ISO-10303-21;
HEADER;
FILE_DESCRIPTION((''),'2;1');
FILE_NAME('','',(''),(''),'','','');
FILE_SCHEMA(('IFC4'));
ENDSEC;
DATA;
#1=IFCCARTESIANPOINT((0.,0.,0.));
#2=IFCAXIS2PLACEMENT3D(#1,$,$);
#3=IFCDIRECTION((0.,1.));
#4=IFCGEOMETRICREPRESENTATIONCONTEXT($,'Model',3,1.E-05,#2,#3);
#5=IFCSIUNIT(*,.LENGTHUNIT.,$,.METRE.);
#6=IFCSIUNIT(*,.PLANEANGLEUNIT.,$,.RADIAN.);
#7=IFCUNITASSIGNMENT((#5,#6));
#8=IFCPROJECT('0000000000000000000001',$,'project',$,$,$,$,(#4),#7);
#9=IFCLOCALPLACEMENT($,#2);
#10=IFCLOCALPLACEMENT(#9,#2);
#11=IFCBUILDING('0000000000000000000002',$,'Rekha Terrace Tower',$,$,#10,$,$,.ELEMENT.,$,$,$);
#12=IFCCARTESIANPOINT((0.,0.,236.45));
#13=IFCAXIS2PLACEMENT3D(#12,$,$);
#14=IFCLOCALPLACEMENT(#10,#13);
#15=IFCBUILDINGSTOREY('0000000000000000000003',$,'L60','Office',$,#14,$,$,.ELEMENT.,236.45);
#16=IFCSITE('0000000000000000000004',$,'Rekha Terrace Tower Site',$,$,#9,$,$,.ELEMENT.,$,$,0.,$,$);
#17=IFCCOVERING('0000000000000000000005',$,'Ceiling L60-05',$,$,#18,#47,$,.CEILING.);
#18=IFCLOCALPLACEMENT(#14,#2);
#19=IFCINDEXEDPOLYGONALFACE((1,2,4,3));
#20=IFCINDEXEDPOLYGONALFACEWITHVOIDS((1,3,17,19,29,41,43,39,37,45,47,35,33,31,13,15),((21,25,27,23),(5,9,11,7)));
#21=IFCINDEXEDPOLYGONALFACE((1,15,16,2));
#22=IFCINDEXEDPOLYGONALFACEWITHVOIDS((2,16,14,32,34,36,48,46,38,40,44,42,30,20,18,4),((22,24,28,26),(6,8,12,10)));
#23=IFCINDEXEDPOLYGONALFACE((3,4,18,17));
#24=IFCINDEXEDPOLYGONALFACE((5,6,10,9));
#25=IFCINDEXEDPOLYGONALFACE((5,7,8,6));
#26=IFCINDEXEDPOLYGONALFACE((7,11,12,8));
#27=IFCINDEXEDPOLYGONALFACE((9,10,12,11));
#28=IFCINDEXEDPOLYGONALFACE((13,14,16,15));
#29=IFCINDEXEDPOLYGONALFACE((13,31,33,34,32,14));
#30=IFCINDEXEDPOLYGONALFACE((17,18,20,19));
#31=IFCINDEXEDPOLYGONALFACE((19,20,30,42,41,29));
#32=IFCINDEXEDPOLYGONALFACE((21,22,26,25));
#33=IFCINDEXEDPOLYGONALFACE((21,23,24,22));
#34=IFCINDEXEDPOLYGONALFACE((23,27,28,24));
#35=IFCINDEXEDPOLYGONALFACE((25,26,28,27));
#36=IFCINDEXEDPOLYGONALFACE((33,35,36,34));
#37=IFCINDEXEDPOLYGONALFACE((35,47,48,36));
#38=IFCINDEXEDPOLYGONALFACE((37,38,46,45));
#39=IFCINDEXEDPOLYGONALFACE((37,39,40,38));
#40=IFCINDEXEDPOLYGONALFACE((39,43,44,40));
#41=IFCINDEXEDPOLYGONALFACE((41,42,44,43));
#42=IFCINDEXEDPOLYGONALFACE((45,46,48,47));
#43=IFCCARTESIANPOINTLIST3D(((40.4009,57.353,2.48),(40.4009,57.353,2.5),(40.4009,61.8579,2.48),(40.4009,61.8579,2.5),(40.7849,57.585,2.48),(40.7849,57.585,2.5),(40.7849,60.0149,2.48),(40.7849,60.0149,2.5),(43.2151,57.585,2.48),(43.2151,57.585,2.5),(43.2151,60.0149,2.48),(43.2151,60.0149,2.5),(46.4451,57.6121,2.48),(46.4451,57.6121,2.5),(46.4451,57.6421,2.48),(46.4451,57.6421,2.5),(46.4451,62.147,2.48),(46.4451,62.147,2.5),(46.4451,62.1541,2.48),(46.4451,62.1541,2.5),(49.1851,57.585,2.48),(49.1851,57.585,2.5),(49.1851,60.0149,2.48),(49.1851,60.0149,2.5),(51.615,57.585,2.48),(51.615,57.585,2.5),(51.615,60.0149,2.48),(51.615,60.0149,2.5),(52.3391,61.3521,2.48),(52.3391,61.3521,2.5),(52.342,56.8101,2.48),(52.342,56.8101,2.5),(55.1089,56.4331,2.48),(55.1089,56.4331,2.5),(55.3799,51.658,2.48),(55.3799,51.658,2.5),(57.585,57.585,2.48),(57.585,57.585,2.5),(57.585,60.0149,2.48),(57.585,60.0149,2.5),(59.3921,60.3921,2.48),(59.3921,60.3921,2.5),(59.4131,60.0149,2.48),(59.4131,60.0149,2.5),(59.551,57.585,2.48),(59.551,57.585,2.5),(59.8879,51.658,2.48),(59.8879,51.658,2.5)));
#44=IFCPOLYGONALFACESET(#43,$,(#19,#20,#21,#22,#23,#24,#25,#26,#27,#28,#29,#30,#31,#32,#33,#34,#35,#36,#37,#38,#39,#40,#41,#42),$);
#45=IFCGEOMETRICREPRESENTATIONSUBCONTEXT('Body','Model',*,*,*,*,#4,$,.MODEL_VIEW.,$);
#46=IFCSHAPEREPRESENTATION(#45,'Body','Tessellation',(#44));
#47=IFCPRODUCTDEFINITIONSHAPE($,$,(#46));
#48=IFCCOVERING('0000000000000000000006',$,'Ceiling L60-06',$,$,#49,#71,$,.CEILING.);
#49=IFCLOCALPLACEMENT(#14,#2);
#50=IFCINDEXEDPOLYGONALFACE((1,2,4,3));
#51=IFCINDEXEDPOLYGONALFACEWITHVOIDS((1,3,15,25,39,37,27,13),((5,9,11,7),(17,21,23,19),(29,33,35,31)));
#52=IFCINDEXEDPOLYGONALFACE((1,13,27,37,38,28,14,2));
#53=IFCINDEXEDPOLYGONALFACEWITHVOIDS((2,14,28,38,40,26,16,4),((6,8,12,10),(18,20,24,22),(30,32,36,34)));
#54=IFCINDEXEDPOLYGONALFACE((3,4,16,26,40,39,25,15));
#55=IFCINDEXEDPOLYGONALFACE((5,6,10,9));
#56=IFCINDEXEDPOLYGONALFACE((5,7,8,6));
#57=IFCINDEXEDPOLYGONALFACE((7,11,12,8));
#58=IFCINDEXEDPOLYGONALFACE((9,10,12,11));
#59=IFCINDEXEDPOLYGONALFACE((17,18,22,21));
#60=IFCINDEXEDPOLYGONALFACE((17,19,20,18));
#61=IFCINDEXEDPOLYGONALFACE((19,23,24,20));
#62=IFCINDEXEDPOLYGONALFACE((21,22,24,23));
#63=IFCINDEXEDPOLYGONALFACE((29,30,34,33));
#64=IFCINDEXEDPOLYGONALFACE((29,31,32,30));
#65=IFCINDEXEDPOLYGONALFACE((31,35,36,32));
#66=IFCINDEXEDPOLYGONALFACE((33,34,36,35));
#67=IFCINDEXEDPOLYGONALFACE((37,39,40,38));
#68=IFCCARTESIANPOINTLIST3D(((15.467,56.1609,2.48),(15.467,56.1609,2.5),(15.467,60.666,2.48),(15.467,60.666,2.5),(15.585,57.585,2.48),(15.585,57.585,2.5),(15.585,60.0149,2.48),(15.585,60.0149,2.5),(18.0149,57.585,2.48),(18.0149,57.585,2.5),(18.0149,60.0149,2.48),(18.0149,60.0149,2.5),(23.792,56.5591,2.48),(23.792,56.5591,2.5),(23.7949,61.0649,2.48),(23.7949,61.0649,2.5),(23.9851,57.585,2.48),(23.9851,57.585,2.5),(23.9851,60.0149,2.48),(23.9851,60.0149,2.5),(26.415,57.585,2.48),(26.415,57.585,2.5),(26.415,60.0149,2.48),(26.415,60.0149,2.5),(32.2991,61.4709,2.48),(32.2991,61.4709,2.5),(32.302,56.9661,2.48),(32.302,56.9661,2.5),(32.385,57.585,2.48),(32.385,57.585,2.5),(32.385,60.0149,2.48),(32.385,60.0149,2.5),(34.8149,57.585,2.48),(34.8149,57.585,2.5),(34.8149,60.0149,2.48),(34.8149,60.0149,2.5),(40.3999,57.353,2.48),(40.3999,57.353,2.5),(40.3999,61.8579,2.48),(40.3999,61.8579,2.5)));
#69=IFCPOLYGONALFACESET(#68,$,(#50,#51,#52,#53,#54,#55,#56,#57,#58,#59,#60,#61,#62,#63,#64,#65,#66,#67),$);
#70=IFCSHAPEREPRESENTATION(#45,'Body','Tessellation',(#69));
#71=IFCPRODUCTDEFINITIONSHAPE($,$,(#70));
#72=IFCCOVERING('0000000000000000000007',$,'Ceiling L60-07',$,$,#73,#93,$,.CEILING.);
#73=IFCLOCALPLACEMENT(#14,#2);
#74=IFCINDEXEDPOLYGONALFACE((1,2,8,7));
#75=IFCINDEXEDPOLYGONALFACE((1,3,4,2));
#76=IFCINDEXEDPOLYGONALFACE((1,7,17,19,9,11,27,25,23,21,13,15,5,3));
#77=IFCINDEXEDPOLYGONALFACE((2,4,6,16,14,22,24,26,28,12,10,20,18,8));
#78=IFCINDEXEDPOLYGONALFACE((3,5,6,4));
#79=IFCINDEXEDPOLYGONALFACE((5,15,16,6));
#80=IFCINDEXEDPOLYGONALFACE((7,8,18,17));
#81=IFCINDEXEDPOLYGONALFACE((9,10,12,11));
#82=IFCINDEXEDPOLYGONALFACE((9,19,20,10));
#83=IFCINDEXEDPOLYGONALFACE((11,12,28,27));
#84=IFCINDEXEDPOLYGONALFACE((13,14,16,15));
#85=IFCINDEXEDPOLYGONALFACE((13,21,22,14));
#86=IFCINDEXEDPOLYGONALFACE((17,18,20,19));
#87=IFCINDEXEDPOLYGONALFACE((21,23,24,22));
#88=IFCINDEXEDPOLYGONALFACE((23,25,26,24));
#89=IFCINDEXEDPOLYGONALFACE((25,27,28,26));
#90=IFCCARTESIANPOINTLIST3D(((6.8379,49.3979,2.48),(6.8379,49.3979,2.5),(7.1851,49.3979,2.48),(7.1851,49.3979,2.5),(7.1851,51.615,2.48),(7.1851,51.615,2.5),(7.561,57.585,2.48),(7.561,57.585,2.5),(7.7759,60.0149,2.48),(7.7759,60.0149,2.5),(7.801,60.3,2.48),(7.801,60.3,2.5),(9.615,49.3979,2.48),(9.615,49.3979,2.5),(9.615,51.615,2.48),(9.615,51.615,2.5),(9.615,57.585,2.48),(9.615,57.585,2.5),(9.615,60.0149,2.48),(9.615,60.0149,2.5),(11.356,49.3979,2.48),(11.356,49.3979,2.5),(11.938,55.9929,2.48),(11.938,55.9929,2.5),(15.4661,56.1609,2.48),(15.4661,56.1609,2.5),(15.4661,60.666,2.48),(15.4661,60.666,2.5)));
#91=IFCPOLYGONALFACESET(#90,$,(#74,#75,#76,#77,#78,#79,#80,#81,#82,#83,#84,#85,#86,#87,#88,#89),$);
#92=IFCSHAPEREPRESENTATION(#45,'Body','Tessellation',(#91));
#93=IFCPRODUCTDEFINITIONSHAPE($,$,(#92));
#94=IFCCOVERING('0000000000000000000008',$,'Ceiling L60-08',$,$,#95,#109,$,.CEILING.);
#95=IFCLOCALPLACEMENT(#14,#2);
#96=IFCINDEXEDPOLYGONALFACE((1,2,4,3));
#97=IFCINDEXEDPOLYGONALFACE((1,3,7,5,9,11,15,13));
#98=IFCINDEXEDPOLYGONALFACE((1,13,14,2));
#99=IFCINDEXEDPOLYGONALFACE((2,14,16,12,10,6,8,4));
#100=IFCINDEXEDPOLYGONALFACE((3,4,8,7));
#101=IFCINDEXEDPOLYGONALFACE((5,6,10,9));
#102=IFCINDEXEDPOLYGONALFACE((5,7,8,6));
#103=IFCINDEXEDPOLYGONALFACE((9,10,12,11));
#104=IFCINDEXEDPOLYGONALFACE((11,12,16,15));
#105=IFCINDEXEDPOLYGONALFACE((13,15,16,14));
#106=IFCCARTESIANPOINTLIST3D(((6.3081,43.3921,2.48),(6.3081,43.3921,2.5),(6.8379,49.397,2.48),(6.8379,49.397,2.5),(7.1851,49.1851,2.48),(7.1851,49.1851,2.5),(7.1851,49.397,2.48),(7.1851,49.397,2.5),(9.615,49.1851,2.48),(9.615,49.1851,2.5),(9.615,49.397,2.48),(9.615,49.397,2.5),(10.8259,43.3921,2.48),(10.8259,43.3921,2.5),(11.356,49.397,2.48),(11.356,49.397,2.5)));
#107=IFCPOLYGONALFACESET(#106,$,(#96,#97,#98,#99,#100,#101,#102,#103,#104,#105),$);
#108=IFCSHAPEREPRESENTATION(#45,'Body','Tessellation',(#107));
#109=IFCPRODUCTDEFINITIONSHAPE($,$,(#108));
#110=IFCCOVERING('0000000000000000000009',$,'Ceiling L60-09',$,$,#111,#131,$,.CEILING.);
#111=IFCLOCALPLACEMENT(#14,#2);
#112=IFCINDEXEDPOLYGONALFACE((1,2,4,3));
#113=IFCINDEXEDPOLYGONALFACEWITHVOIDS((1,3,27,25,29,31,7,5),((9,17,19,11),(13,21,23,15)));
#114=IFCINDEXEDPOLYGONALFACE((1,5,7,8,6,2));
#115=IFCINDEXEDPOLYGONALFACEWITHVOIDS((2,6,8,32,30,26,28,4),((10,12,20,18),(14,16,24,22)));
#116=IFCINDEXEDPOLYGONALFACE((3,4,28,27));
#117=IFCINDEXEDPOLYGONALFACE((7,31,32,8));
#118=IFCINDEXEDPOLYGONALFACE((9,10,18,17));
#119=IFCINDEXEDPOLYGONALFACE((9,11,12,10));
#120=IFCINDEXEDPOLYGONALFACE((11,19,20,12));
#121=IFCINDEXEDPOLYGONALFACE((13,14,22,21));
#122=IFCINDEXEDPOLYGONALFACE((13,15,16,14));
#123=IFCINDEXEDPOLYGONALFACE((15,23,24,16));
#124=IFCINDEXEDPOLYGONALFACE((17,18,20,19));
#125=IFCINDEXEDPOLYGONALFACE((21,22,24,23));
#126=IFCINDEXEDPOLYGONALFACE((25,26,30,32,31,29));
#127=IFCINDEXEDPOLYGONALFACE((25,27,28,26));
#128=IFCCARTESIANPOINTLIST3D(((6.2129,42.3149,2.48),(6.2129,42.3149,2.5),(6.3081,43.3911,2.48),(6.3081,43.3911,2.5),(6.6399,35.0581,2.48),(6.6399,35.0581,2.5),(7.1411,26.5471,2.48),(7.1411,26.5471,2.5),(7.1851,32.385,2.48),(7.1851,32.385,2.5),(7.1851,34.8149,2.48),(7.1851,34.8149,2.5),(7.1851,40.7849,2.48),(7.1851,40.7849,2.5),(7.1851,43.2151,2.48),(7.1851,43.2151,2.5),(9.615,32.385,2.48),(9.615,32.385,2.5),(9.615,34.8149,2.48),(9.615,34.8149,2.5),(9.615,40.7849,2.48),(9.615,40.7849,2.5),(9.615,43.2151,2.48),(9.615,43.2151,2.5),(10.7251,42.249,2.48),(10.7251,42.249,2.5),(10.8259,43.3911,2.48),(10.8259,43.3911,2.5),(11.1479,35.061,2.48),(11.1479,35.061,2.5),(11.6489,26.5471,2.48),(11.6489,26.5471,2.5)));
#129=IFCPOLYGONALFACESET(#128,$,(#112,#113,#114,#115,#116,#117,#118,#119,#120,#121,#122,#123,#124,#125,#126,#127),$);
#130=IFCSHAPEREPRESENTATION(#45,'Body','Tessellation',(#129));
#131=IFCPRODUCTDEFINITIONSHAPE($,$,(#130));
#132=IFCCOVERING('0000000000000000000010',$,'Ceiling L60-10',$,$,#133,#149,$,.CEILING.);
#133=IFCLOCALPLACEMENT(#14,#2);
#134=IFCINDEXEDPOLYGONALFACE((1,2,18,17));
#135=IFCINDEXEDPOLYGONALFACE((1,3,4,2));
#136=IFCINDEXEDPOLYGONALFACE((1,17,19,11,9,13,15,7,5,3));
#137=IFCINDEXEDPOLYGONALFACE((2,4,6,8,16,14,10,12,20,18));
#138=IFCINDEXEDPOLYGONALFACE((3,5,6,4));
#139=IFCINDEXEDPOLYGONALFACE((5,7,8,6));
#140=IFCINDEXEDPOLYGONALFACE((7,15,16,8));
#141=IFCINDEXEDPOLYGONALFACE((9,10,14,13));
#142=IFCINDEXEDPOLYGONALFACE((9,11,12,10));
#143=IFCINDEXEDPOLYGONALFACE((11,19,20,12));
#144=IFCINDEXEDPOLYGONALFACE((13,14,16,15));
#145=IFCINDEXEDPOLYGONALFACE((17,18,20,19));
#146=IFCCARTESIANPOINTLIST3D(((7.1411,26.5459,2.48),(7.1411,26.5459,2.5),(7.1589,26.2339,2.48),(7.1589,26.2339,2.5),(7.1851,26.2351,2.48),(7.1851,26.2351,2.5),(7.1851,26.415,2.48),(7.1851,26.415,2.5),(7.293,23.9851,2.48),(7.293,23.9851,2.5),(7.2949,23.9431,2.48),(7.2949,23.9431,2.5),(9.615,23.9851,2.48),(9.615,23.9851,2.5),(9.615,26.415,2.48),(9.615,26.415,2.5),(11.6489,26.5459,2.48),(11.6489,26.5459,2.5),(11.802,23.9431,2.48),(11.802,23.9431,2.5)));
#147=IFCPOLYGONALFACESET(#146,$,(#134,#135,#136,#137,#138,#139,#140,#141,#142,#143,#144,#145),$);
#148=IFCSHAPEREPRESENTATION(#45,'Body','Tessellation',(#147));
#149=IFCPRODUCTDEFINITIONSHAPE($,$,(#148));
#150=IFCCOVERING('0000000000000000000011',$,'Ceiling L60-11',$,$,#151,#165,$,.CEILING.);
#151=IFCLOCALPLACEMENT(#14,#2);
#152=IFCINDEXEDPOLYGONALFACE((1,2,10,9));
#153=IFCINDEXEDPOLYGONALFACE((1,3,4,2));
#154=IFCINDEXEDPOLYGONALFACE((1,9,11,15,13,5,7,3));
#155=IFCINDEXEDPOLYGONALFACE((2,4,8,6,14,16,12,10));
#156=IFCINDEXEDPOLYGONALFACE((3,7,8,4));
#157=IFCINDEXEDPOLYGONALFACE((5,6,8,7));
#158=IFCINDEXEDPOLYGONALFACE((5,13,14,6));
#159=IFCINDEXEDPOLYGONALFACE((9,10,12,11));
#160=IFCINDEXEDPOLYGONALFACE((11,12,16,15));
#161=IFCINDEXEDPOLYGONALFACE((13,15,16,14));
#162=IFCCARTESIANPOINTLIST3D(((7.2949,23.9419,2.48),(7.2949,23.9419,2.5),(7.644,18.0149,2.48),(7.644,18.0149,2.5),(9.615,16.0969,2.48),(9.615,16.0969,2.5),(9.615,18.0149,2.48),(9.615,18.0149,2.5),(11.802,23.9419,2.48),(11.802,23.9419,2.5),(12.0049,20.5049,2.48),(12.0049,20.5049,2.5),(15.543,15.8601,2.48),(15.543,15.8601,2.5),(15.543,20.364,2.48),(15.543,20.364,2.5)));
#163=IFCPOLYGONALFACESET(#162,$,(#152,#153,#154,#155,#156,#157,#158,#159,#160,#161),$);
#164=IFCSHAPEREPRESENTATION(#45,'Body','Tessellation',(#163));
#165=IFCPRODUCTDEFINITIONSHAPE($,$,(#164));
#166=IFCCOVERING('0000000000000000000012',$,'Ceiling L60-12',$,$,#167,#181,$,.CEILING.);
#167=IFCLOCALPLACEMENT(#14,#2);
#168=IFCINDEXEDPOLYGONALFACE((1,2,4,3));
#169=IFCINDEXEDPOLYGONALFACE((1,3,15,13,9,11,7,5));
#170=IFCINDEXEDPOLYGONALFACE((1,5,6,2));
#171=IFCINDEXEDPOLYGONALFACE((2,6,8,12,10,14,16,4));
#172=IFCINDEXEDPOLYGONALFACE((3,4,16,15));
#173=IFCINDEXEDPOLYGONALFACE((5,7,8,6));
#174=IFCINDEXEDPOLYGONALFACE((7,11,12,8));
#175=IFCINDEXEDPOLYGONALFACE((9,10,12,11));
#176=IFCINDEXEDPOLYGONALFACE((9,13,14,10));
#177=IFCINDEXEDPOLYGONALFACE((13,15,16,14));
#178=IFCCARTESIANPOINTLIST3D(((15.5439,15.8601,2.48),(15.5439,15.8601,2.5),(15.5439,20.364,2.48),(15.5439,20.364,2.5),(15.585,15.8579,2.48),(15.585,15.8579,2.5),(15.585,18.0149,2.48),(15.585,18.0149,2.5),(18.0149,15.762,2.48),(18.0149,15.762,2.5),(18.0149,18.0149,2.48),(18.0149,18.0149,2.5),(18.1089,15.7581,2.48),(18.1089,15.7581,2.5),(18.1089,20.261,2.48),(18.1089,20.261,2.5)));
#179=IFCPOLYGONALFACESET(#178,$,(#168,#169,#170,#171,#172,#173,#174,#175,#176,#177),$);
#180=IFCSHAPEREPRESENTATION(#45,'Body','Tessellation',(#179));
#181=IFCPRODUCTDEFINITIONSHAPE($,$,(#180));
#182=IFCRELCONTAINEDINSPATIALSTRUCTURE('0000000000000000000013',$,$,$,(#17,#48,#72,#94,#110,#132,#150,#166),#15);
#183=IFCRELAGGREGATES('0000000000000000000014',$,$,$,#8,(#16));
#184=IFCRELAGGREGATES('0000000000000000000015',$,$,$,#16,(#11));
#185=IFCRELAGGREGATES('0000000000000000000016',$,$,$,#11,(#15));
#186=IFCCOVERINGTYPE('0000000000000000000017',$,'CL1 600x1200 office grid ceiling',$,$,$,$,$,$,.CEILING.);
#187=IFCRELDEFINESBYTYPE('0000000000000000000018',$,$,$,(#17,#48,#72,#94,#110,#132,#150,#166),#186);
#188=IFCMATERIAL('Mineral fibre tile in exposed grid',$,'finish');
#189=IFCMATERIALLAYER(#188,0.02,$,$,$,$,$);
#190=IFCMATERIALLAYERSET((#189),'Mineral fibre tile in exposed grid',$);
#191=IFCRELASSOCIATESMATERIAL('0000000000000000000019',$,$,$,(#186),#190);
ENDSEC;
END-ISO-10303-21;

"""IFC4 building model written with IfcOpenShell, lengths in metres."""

from ifc_helpers import new_model, si_unit, direction, frame, origin, place, context, subcontext, project, spatial, polyline, outline, extrude, material, layer, layer_set, type_object, element, save


model = new_model("IFC4")

# Units and contexts
model_context = context("Model", 3, precision=1e-05, world=origin(), true_north=direction((0.0, 1.0)))
body_context = subcontext(model_context, "Body", "Model", "MODEL_VIEW")
ifc_project = project(units=[si_unit("LENGTHUNIT", "METRE"), si_unit("PLANEANGLEUNIT", "RADIAN")], contexts=[model_context])

# Site, building, storey
site_placement = place(None, origin())
site = spatial("IfcSite", under=ifc_project, at=site_placement, Name="Rekha Terrace Tower Site", CompositionType="ELEMENT", RefElevation=0.0)
building_placement = place(site_placement, origin())
building = spatial("IfcBuilding", under=site, at=building_placement, Name="Rekha Terrace Tower", CompositionType="ELEMENT")
storey_placement = place(building_placement, frame((0.0, 0.0, 236.45)))
storey = spatial("IfcBuildingStorey", under=building, at=storey_placement, Name="L60", Description="Office", CompositionType="ELEMENT", Elevation=236.45)

# Coverings
ifc_material_1 = material(Name="Mineral fibre tile in exposed grid", Category="finish")
ifc_layer_1 = layer(ifc_material_1, 0.02)
ifc_layer_set_1 = layer_set([ifc_layer_1], Name="Mineral fibre tile in exposed grid")
covering_type_1 = type_object("IfcCoveringType", Name="CL1 600x1200 office grid ceiling", PredefinedType="CEILING", material=ifc_layer_set_1)
covering_1_placement = place(storey_placement, frame((0.0, 0.0, 2.48)))
element("IfcCovering", 1, at=covering_1_placement, inside=storey, type_object=covering_type_1, Name="Ceiling L60-05", PredefinedType="CEILING", context=body_context, shape_type="SweptSolid", body=[
    extrude(outline(polyline([(40.4009, 61.8579), (40.4009, 57.353), (46.4451, 57.6421), (46.4451, 57.6121), (52.342, 56.8101), (55.1089, 56.4331), (55.3799, 51.658), (59.8879, 51.658), (59.551, 57.585), (57.585, 57.585), (57.585, 60.0149), (59.4131, 60.0149), (59.3921, 60.3921), (52.3391, 61.3521), (46.4451, 62.1541), (46.4451, 62.147), (40.4009, 61.8579)]), holes=[polyline([(51.615, 57.585), (49.1851, 57.585), (49.1851, 60.0149), (51.615, 60.0149), (51.615, 57.585)]), polyline([(43.2151, 60.0149), (43.2151, 57.585), (40.7849, 57.585), (40.7849, 60.0149), (43.2151, 60.0149)])]), origin(), (0.0, 0.0, 1.0), 0.02),
])
covering_2_placement = place(storey_placement, frame((0.0, 0.0, 2.48)))
element("IfcCovering", 2, at=covering_2_placement, inside=storey, type_object=covering_type_1, Name="Ceiling L60-06", PredefinedType="CEILING", context=body_context, shape_type="SweptSolid", body=[
    extrude(outline(polyline([(32.2991, 61.4709), (23.7949, 61.0649), (15.467, 60.666), (15.467, 56.1609), (23.792, 56.5591), (32.302, 56.9661), (40.3999, 57.353), (40.3999, 61.8579), (32.2991, 61.4709)]), holes=[polyline([(34.8149, 57.585), (32.385, 57.585), (32.385, 60.0149), (34.8149, 60.0149), (34.8149, 57.585)]), polyline([(26.415, 57.585), (23.9851, 57.585), (23.9851, 60.0149), (26.415, 60.0149), (26.415, 57.585)]), polyline([(18.0149, 60.0149), (18.0149, 57.585), (15.585, 57.585), (15.585, 60.0149), (18.0149, 60.0149)])]), origin(), (0.0, 0.0, 1.0), 0.02),
])
covering_3_placement = place(storey_placement, frame((0.0, 0.0, 2.48)))
element("IfcCovering", 3, at=covering_3_placement, inside=storey, type_object=covering_type_1, Name="Ceiling L60-07", PredefinedType="CEILING", context=body_context, shape_type="SweptSolid", body=[
    extrude(outline(polyline([(9.615, 51.615), (9.615, 49.3979), (11.356, 49.3979), (11.938, 55.9929), (15.4661, 56.1609), (15.4661, 60.666), (7.801, 60.3), (7.7759, 60.0149), (9.615, 60.0149), (9.615, 57.585), (7.561, 57.585), (6.8379, 49.3979), (7.1851, 49.3979), (7.1851, 51.615), (9.615, 51.615)])), origin(), (0.0, 0.0, 1.0), 0.02),
])
covering_4_placement = place(storey_placement, frame((0.0, 0.0, 2.48)))
element("IfcCovering", 4, at=covering_4_placement, inside=storey, type_object=covering_type_1, Name="Ceiling L60-08", PredefinedType="CEILING", context=body_context, shape_type="SweptSolid", body=[
    extrude(outline(polyline([(7.1851, 49.397), (6.8379, 49.397), (6.3081, 43.3921), (10.8259, 43.3921), (11.356, 49.397), (9.615, 49.397), (9.615, 49.1851), (7.1851, 49.1851), (7.1851, 49.397)])), origin(), (0.0, 0.0, 1.0), 0.02),
])
covering_5_placement = place(storey_placement, frame((0.0, 0.0, 2.48)))
element("IfcCovering", 5, at=covering_5_placement, inside=storey, type_object=covering_type_1, Name="Ceiling L60-09", PredefinedType="CEILING", context=body_context, shape_type="SweptSolid", body=[
    extrude(outline(polyline([(10.8259, 43.3911), (6.3081, 43.3911), (6.2129, 42.3149), (6.6399, 35.0581), (7.1411, 26.5471), (11.6489, 26.5471), (11.1479, 35.061), (10.7251, 42.249), (10.8259, 43.3911)]), holes=[polyline([(9.615, 34.8149), (9.615, 32.385), (7.1851, 32.385), (7.1851, 34.8149), (9.615, 34.8149)]), polyline([(9.615, 40.7849), (7.1851, 40.7849), (7.1851, 43.2151), (9.615, 43.2151), (9.615, 40.7849)])]), origin(), (0.0, 0.0, 1.0), 0.02),
])
covering_6_placement = place(storey_placement, frame((0.0, 0.0, 2.48)))
element("IfcCovering", 6, at=covering_6_placement, inside=storey, type_object=covering_type_1, Name="Ceiling L60-10", PredefinedType="CEILING", context=body_context, shape_type="SweptSolid", body=[
    extrude(outline(polyline([(9.615, 23.9851), (7.293, 23.9851), (7.2949, 23.9431), (11.802, 23.9431), (11.6489, 26.5459), (7.1411, 26.5459), (7.1589, 26.2339), (7.1851, 26.2351), (7.1851, 26.415), (9.615, 26.415), (9.615, 23.9851)])), origin(), (0.0, 0.0, 1.0), 0.02),
])
covering_7_placement = place(storey_placement, frame((0.0, 0.0, 2.48)))
element("IfcCovering", 7, at=covering_7_placement, inside=storey, type_object=covering_type_1, Name="Ceiling L60-11", PredefinedType="CEILING", context=body_context, shape_type="SweptSolid", body=[
    extrude(outline(polyline([(9.615, 16.0969), (15.543, 15.8601), (15.543, 20.364), (12.0049, 20.5049), (11.802, 23.9419), (7.2949, 23.9419), (7.644, 18.0149), (9.615, 18.0149), (9.615, 16.0969)])), origin(), (0.0, 0.0, 1.0), 0.02),
])
covering_8_placement = place(storey_placement, frame((0.0, 0.0, 2.48)))
element("IfcCovering", 8, at=covering_8_placement, inside=storey, type_object=covering_type_1, Name="Ceiling L60-12", PredefinedType="CEILING", context=body_context, shape_type="SweptSolid", body=[
    extrude(outline(polyline([(18.0149, 18.0149), (18.0149, 15.762), (18.1089, 15.7581), (18.1089, 20.261), (15.5439, 20.364), (15.5439, 15.8601), (15.585, 15.8579), (15.585, 18.0149), (18.0149, 18.0149)])), origin(), (0.0, 0.0, 1.0), 0.02),
])

save(model, "model.ifc")
